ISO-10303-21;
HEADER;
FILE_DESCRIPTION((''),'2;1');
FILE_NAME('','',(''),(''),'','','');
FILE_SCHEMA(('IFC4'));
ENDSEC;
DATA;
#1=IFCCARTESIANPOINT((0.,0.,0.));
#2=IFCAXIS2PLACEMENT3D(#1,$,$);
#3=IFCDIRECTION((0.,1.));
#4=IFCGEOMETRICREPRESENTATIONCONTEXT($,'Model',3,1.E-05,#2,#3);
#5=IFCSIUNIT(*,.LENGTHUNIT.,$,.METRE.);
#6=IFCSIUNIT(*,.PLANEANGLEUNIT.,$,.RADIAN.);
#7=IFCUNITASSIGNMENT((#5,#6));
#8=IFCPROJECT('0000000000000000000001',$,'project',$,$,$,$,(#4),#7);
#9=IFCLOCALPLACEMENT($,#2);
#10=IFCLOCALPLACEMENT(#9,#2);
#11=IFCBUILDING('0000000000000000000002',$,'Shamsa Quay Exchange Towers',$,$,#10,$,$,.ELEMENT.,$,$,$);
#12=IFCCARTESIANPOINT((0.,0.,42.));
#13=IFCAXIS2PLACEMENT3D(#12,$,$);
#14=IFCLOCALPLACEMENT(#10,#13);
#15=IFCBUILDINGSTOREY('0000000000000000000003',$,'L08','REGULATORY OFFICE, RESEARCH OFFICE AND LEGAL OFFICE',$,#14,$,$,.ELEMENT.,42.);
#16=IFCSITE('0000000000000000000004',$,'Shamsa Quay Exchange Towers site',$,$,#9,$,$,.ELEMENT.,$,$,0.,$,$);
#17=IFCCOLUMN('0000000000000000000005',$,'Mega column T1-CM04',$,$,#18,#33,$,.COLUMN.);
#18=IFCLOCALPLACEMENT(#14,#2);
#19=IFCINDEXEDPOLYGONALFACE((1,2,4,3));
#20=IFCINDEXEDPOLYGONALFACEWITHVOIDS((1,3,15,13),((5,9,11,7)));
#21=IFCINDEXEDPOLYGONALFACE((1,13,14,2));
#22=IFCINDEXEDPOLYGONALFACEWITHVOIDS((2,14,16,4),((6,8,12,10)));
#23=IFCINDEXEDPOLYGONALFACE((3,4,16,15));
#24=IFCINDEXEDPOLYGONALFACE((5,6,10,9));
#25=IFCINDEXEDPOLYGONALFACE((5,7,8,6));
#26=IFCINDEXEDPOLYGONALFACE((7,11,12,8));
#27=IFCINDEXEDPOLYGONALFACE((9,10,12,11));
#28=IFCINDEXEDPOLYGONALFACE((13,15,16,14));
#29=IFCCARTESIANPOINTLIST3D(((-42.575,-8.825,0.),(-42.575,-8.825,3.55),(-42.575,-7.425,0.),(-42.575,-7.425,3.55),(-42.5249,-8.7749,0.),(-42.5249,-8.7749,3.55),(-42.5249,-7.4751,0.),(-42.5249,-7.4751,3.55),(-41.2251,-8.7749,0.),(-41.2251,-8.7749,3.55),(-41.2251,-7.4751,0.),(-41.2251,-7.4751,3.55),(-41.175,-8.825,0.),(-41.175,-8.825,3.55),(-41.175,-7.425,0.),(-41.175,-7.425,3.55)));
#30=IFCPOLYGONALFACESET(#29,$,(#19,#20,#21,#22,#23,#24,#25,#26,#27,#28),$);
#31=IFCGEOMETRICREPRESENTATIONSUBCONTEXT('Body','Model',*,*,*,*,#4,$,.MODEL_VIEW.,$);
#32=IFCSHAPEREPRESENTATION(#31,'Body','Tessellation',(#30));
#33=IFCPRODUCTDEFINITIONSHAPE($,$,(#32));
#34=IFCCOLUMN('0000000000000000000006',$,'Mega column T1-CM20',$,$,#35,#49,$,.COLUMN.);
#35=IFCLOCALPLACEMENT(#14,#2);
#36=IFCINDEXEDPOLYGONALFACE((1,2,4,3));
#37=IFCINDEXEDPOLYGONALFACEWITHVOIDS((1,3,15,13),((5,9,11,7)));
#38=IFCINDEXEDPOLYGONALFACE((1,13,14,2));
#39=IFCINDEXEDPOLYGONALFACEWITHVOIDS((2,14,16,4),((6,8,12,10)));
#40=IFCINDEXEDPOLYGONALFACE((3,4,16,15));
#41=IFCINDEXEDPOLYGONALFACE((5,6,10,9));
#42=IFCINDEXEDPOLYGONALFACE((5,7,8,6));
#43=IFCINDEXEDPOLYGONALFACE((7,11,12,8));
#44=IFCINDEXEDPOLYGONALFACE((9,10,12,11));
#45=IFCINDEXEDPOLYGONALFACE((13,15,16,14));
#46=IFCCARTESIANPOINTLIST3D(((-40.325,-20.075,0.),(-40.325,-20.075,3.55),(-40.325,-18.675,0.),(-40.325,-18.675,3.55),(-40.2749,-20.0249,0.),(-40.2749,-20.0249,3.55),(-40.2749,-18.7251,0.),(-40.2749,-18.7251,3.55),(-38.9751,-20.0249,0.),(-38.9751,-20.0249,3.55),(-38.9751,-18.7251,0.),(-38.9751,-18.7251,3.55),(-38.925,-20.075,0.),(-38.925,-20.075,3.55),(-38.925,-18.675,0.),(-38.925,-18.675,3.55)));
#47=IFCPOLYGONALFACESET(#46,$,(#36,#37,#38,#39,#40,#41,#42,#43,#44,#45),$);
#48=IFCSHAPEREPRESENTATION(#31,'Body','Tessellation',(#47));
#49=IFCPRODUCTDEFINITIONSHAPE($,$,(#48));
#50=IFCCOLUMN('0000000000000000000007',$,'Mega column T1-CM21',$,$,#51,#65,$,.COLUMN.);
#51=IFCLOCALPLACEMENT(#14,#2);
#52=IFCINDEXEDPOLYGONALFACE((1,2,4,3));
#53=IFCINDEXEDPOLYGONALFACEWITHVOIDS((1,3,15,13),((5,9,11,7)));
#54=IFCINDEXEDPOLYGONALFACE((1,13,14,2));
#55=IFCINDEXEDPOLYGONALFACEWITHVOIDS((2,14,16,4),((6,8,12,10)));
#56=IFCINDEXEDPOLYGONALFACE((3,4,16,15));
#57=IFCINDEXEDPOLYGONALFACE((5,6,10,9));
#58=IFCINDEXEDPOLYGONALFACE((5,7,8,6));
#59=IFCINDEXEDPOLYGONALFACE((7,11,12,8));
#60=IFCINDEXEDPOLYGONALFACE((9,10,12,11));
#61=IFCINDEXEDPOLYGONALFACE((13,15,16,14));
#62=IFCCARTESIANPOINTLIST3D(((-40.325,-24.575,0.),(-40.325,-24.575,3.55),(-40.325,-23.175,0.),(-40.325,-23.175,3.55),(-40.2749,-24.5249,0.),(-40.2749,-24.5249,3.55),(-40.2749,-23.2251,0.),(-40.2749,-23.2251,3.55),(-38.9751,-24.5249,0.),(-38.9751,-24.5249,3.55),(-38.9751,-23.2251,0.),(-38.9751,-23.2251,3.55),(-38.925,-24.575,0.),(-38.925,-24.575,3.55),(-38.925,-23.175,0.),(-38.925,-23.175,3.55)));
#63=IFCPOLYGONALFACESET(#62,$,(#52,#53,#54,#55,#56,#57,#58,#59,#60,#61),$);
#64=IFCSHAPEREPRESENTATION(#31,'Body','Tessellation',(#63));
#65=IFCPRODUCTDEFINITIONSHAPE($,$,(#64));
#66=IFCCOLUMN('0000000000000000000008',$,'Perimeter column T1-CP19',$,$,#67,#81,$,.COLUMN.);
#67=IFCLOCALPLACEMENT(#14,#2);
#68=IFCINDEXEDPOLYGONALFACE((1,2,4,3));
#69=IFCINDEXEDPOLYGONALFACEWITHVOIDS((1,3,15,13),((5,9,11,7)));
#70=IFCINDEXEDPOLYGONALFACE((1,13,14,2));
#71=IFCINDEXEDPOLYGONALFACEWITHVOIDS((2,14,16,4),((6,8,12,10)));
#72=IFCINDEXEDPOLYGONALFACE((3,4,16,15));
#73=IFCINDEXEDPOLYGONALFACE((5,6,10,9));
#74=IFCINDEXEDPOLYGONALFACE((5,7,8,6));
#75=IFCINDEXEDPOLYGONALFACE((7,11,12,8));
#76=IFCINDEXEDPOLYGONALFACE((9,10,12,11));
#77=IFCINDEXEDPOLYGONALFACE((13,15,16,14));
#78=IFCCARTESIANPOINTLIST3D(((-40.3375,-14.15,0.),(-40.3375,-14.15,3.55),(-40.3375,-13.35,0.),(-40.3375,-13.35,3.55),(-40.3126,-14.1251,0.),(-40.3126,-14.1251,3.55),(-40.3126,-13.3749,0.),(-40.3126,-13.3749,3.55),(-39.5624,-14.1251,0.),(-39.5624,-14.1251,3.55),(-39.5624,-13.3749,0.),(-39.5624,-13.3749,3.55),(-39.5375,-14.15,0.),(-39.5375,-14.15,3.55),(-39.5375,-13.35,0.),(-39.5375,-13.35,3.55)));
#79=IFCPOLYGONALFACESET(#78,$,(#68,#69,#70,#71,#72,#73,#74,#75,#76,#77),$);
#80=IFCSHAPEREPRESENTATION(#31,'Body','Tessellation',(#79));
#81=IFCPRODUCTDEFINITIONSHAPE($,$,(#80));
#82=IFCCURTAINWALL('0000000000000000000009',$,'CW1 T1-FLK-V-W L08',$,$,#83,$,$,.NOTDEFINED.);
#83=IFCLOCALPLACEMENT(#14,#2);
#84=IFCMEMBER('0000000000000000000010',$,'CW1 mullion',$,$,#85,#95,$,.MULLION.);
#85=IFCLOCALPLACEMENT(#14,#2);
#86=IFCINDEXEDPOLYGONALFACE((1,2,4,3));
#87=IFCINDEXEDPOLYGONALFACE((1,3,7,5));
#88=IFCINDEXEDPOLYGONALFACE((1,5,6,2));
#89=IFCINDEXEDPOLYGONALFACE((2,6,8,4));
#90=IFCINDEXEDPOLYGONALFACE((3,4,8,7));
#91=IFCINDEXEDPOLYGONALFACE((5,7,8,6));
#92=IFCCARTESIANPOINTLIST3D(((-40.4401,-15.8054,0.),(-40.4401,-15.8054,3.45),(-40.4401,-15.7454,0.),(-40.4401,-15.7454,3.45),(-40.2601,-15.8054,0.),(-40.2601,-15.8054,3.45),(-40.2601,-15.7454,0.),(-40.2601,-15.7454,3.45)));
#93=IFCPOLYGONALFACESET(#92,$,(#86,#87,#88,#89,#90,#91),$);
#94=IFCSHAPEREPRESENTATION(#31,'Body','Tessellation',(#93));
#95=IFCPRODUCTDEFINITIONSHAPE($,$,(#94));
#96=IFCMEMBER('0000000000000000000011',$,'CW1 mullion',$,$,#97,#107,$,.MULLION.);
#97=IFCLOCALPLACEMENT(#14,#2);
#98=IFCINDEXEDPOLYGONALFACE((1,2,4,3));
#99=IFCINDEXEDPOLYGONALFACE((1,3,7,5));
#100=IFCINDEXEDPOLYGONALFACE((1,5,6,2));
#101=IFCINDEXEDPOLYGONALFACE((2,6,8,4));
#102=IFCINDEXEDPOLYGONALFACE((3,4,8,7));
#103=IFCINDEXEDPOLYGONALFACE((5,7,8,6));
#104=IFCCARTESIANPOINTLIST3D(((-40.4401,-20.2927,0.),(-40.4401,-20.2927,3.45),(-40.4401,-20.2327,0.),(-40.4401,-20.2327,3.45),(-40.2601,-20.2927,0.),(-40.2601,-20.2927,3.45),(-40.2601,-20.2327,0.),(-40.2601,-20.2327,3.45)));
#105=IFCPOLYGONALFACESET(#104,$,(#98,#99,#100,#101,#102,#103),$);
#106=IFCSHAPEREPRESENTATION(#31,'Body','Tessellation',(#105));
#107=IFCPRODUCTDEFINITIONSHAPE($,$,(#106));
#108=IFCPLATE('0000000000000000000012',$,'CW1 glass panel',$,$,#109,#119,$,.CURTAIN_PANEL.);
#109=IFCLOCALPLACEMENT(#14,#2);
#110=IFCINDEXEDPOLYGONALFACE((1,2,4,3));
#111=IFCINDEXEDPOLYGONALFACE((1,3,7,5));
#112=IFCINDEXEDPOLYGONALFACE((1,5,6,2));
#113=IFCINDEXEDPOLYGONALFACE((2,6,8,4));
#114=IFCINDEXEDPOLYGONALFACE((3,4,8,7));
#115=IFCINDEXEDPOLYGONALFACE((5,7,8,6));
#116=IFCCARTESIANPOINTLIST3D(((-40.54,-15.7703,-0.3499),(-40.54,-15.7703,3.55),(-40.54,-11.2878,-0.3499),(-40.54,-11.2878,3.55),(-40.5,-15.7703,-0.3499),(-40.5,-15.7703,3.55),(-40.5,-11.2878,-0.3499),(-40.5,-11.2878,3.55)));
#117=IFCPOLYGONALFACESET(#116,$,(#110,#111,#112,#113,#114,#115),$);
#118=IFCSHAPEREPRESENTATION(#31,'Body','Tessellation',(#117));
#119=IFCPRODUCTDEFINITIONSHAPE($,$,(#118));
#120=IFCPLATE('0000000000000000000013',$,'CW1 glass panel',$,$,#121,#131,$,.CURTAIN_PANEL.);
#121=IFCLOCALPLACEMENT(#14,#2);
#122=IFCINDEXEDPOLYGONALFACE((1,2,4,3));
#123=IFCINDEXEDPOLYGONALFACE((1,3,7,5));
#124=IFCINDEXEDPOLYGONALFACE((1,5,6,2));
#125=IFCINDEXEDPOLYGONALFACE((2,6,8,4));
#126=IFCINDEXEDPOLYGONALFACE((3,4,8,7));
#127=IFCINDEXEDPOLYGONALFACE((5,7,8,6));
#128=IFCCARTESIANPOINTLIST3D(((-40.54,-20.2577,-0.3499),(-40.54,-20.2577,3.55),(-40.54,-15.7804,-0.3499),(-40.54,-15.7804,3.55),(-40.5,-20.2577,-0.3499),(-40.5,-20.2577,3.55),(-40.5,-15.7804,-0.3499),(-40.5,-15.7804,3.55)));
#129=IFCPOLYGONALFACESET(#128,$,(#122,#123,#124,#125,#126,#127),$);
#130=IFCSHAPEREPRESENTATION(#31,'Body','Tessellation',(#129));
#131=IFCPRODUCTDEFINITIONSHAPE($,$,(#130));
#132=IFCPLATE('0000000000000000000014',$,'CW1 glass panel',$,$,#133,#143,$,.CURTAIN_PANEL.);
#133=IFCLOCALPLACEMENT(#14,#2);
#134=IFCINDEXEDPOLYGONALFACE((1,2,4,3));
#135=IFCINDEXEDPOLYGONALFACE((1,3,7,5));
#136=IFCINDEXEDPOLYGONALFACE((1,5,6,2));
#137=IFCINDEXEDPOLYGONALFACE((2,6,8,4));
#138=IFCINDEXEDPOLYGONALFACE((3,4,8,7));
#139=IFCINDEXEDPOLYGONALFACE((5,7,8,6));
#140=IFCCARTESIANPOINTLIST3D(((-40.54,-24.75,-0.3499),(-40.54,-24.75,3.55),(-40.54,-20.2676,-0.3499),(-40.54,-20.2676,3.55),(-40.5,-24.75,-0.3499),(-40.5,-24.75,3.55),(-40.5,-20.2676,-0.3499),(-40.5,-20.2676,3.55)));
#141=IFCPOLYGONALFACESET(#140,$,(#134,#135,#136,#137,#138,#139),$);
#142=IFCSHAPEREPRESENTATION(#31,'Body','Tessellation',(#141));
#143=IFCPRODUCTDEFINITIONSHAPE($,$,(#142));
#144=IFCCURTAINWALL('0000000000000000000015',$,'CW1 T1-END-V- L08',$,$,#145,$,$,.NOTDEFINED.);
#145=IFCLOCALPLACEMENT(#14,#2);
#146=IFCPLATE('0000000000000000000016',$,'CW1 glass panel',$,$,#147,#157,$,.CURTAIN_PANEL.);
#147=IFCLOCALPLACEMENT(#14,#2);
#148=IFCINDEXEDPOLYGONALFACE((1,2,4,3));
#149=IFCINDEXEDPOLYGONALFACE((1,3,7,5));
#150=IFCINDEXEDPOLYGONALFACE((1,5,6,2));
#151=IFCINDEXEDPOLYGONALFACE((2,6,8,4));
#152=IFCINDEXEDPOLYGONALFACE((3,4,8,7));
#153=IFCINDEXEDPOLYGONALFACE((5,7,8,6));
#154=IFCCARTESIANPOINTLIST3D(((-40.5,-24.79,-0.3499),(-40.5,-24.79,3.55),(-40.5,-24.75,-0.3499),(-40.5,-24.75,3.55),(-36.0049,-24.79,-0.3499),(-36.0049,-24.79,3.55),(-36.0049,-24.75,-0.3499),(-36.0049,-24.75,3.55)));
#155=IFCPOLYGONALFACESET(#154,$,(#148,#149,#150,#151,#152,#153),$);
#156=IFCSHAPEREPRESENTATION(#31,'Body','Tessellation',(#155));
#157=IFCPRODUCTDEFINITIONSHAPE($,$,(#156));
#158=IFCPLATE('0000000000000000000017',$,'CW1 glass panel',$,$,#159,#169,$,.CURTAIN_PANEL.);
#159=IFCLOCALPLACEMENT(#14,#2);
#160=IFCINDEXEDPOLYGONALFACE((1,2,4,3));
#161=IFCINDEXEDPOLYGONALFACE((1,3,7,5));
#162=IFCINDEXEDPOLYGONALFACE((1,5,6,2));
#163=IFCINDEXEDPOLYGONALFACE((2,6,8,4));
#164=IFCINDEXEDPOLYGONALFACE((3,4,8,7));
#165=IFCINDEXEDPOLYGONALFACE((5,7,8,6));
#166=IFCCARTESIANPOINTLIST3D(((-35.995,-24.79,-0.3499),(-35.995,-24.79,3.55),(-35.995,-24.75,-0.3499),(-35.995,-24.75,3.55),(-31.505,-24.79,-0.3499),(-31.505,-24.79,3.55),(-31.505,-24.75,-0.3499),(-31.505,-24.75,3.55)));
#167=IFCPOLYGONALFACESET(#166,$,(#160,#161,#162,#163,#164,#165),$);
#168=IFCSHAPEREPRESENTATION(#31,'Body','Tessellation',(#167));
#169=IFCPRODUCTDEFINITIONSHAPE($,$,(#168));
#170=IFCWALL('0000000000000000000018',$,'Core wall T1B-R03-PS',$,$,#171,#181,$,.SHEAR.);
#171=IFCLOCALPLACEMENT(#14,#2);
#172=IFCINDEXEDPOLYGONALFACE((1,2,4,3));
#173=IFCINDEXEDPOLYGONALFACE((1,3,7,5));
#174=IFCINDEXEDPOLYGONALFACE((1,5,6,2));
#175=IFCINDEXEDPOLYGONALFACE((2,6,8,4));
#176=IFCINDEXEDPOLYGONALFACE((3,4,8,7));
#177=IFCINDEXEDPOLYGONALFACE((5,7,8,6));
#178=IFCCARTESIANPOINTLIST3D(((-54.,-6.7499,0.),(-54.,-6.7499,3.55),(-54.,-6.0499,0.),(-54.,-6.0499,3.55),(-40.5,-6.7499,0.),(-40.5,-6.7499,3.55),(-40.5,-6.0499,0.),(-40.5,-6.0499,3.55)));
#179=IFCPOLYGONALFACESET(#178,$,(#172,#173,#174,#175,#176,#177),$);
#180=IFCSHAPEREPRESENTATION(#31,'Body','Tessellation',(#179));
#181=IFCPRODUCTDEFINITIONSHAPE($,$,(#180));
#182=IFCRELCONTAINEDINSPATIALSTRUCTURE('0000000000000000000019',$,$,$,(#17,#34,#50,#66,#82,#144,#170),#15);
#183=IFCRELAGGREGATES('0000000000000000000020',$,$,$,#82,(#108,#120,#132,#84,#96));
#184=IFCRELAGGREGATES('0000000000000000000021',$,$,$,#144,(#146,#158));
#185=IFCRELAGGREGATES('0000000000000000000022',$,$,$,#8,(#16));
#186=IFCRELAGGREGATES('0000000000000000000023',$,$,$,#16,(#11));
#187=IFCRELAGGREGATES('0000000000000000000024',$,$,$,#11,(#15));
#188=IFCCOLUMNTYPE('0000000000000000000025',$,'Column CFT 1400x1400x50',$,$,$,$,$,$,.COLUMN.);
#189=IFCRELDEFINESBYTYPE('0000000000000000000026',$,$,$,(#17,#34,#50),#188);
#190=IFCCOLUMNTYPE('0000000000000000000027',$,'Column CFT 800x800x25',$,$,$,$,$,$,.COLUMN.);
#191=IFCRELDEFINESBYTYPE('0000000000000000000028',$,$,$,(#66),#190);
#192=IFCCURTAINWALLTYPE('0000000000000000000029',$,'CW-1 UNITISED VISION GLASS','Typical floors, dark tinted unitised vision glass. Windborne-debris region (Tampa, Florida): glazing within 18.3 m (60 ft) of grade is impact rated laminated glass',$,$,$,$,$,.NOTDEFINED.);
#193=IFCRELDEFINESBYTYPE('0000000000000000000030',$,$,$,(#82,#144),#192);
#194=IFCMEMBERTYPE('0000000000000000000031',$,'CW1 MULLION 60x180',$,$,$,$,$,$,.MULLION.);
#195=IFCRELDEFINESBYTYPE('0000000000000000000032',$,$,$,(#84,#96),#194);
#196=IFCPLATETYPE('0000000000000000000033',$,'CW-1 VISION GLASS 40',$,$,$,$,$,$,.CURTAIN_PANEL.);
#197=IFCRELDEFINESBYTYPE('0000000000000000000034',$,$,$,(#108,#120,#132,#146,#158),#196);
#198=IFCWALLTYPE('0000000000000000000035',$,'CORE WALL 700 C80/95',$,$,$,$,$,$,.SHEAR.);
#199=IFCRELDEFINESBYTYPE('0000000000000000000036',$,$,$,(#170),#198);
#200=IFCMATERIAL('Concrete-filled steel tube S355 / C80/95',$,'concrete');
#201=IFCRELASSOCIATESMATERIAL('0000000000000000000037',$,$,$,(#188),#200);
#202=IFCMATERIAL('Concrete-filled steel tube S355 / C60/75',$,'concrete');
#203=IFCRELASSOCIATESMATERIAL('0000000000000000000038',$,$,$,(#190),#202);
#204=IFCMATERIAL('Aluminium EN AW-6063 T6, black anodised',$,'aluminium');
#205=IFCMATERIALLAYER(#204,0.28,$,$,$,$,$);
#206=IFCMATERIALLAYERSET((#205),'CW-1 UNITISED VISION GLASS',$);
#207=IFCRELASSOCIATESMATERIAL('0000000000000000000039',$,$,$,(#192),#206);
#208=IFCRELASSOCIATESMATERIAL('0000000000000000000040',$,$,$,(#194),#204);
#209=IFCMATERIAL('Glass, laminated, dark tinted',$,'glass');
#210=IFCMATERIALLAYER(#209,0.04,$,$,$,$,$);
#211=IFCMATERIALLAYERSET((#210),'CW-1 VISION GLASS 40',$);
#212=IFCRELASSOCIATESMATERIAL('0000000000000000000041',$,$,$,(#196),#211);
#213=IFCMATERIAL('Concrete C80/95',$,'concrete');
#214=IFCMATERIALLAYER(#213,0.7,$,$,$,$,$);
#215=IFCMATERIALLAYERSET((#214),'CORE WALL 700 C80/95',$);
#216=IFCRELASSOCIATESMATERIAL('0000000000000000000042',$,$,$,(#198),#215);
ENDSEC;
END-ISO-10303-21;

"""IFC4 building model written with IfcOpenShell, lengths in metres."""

from ifc_helpers import new_model, si_unit, direction, frame, frame_2d, origin, origin_2d, place, context, subcontext, project, spatial, rectangle, hollow_rectangle, extrude, material, layer, layer_set, material_profile, profile_set, type_object, element, aggregate, save


model = new_model("IFC4")

# Units and contexts
model_context = context("Model", 3, precision=1e-05, world=origin(), true_north=direction((0.0, 1.0)))
body_context = subcontext(model_context, "Body", "Model", "MODEL_VIEW")
ifc_project = project(units=[si_unit("LENGTHUNIT", "METRE"), si_unit("PLANEANGLEUNIT", "RADIAN")], contexts=[model_context])

# Site, building, storey
site_placement = place(None, origin())
site = spatial("IfcSite", under=ifc_project, at=site_placement, Name="Shamsa Quay Exchange Towers site", CompositionType="ELEMENT", RefElevation=0.0)
building_placement = place(site_placement, origin())
building = spatial("IfcBuilding", under=site, at=building_placement, Name="Shamsa Quay Exchange Towers", CompositionType="ELEMENT")
storey_placement = place(building_placement, frame((0.0, 0.0, 42.0)))
storey = spatial("IfcBuildingStorey", under=building, at=storey_placement, Name="L08", Description="REGULATORY OFFICE, RESEARCH OFFICE AND LEGAL OFFICE", CompositionType="ELEMENT", Elevation=42.0)

# Columns
ifc_material_1 = material(Name="Concrete-filled steel tube S355 / C80/95", Category="concrete")
ifc_material_profile_1 = material_profile(ifc_material_1, hollow_rectangle(XDim=1.3999, YDim=1.3999, WallThickness=0.05, at=origin_2d()), Name="CFT 1400x1400x50")
ifc_profile_set_1 = profile_set([ifc_material_profile_1], Name="Concrete-filled steel tube S355 / C80/95")
column_type_1 = type_object("IfcColumnType", Name="Column CFT 1400x1400x50", PredefinedType="COLUMN", material=ifc_profile_set_1)
for number, where, name in (
    (1, (-41.875, -8.125, 0.0), "Mega column T1-CM04"),
    (2, (-39.625, -19.375, 0.0), "Mega column T1-CM20"),
    (3, (-39.625, -23.875, 0.0), "Mega column T1-CM21"),
):
    element("IfcColumn", number, at=place(storey_placement, frame(where)), inside=storey, type_object=column_type_1, Name=name, PredefinedType="COLUMN", context=body_context, shape_type="SweptSolid", body=[
        extrude(hollow_rectangle(XDim=1.3999, YDim=1.3999, WallThickness=0.05, at=origin_2d()), origin(), (0.0, 0.0, 1.0), 3.55),
    ])
ifc_material_2 = material(Name="Concrete-filled steel tube S355 / C60/75", Category="concrete")
ifc_material_profile_2 = material_profile(ifc_material_2, hollow_rectangle(XDim=0.8, YDim=0.8, WallThickness=0.0249, at=origin_2d()), Name="CFT 800x800x25")
ifc_profile_set_2 = profile_set([ifc_material_profile_2], Name="Concrete-filled steel tube S355 / C60/75")
column_type_2 = type_object("IfcColumnType", Name="Column CFT 800x800x25", PredefinedType="COLUMN", material=ifc_profile_set_2)
column_placement = place(storey_placement, frame((-39.9375, -13.75, 0.0)))
element("IfcColumn", 4, at=column_placement, inside=storey, type_object=column_type_2, Name="Perimeter column T1-CP19", PredefinedType="COLUMN", context=body_context, shape_type="SweptSolid", body=[
    extrude(hollow_rectangle(XDim=0.8, YDim=0.8, WallThickness=0.0249, at=origin_2d()), origin(), (0.0, 0.0, 1.0), 3.55),
])

# Curtain wall, members, plates
ifc_material_3 = material(Name="Aluminium EN AW-6063 T6, black anodised", Category="aluminium")
ifc_layer_1 = layer(ifc_material_3, 0.28)
ifc_layer_set_1 = layer_set([ifc_layer_1], Name="CW-1 UNITISED VISION GLASS")
curtain_wall_type = type_object("IfcCurtainWallType", Name="CW-1 UNITISED VISION GLASS", Description="Typical floors, dark tinted unitised vision glass. Windborne-debris region (Tampa, Florida): glazing within 18.3 m (60 ft) of grade is impact rated laminated glass", PredefinedType="NOTDEFINED", material=ifc_layer_set_1)
curtain_wall_1_placement = place(storey_placement, origin())
curtain_wall_1 = element("IfcCurtainWall", 5, at=curtain_wall_1_placement, inside=storey, type_object=curtain_wall_type, Name="CW1 T1-FLK-V-W L08", PredefinedType="NOTDEFINED")
ifc_material_profile_3 = material_profile(ifc_material_3, rectangle(XDim=0.1799, YDim=0.0601, at=origin_2d()), Name="MU60x180")
ifc_profile_set_3 = profile_set([ifc_material_profile_3], Name="Aluminium EN AW-6063 T6, black anodised")
member_type = type_object("IfcMemberType", Name="CW1 MULLION 60x180", PredefinedType="MULLION", material=ifc_profile_set_3)
member_1_placement = place(storey_placement, frame((-40.3501, -15.7754, 0.0)))
member_1 = element("IfcMember", 6, at=member_1_placement, type_object=member_type, Name="CW1 mullion", PredefinedType="MULLION", context=body_context, shape_type="SweptSolid", body=[
    extrude(rectangle(XDim=0.1799, YDim=0.0601, at=origin_2d()), origin(), (0.0, 0.0, 1.0), 3.45),
])
member_2_placement = place(storey_placement, frame((-40.3501, -20.2627, 0.0)))
member_2 = element("IfcMember", 7, at=member_2_placement, type_object=member_type, Name="CW1 mullion", PredefinedType="MULLION", context=body_context, shape_type="SweptSolid", body=[
    extrude(rectangle(XDim=0.1799, YDim=0.0601, at=origin_2d()), origin(), (0.0, 0.0, 1.0), 3.45),
])
ifc_material_4 = material(Name="Glass, laminated, dark tinted", Category="glass")
ifc_layer_2 = layer(ifc_material_4, 0.04)
ifc_layer_set_2 = layer_set([ifc_layer_2], Name="CW-1 VISION GLASS 40")
plate_type = type_object("IfcPlateType", Name="CW-1 VISION GLASS 40", PredefinedType="CURTAIN_PANEL", material=ifc_layer_set_2)
plate_1_placement = place(storey_placement, frame((-40.52, -13.5291, -0.3499), z_axis=(0.0, 0.0, 1.0), x_axis=(0.0, -1.0, 0.0)))
plate_1 = element("IfcPlate", 8, at=plate_1_placement, type_object=plate_type, Name="CW1 glass panel", PredefinedType="CURTAIN_PANEL", context=body_context, shape_type="SweptSolid", body=[
    extrude(rectangle(XDim=4.4824, YDim=0.04, at=origin_2d()), origin(), (0.0, 0.0, 1.0), 3.8999),
])
plate_2_placement = place(storey_placement, frame((-40.52, -18.019, -0.3499), z_axis=(0.0, 0.0, 1.0), x_axis=(0.0, -1.0, 0.0)))
plate_2 = element("IfcPlate", 9, at=plate_2_placement, type_object=plate_type, Name="CW1 glass panel", PredefinedType="CURTAIN_PANEL", context=body_context, shape_type="SweptSolid", body=[
    extrude(rectangle(XDim=4.4773, YDim=0.04, at=origin_2d()), origin(), (0.0, 0.0, 1.0), 3.8999),
])
plate_3_placement = place(storey_placement, frame((-40.52, -22.5088, -0.3499), z_axis=(0.0, 0.0, 1.0), x_axis=(0.0, -1.0, 0.0)))
plate_3 = element("IfcPlate", 10, at=plate_3_placement, type_object=plate_type, Name="CW1 glass panel", PredefinedType="CURTAIN_PANEL", context=body_context, shape_type="SweptSolid", body=[
    extrude(rectangle(XDim=4.4824, YDim=0.04, at=origin_2d()), origin(), (0.0, 0.0, 1.0), 3.8999),
])
aggregate(curtain_wall_1, [plate_1, plate_2, plate_3, member_1, member_2])

# Curtain wall, plates
curtain_wall_2_placement = place(storey_placement, origin())
curtain_wall_2 = element("IfcCurtainWall", 11, at=curtain_wall_2_placement, inside=storey, type_object=curtain_wall_type, Name="CW1 T1-END-V- L08", PredefinedType="NOTDEFINED")
plate_4_placement = place(storey_placement, frame((-38.2524, -24.77, -0.3499)))
plate_4 = element("IfcPlate", 12, at=plate_4_placement, type_object=plate_type, Name="CW1 glass panel", PredefinedType="CURTAIN_PANEL", context=body_context, shape_type="SweptSolid", body=[
    extrude(rectangle(XDim=4.4951, YDim=0.04, at=origin_2d()), origin(), (0.0, 0.0, 1.0), 3.8999),
])
plate_5_placement = place(storey_placement, frame((-33.75, -24.77, -0.3499)))
plate_5 = element("IfcPlate", 13, at=plate_5_placement, type_object=plate_type, Name="CW1 glass panel", PredefinedType="CURTAIN_PANEL", context=body_context, shape_type="SweptSolid", body=[
    extrude(rectangle(XDim=4.49, YDim=0.04, at=origin_2d()), origin(), (0.0, 0.0, 1.0), 3.8999),
])
aggregate(curtain_wall_2, [plate_4, plate_5])

# Wall
ifc_material_5 = material(Name="Concrete C80/95", Category="concrete")
ifc_layer_3 = layer(ifc_material_5, 0.7)
ifc_layer_set_3 = layer_set([ifc_layer_3], Name="CORE WALL 700 C80/95")
wall_type_1 = type_object("IfcWallType", Name="CORE WALL 700 C80/95", PredefinedType="SHEAR", material=ifc_layer_set_3)
wall_1_placement = place(storey_placement, frame((-40.5, -6.3999, 0.0), z_axis=(0.0, 0.0, 1.0), x_axis=(-1.0, 0.0, 0.0)))
element("IfcWall", 14, at=wall_1_placement, inside=storey, type_object=wall_type_1, Name="Core wall T1B-R03-PS", PredefinedType="SHEAR", context=body_context, shape_type="SweptSolid", body=[
    extrude(rectangle(XDim=13.5, YDim=0.7, at=frame_2d((6.75, 0.0))), origin(), (0.0, 0.0, 1.0), 3.55),
])

save(model, "model.ifc")
